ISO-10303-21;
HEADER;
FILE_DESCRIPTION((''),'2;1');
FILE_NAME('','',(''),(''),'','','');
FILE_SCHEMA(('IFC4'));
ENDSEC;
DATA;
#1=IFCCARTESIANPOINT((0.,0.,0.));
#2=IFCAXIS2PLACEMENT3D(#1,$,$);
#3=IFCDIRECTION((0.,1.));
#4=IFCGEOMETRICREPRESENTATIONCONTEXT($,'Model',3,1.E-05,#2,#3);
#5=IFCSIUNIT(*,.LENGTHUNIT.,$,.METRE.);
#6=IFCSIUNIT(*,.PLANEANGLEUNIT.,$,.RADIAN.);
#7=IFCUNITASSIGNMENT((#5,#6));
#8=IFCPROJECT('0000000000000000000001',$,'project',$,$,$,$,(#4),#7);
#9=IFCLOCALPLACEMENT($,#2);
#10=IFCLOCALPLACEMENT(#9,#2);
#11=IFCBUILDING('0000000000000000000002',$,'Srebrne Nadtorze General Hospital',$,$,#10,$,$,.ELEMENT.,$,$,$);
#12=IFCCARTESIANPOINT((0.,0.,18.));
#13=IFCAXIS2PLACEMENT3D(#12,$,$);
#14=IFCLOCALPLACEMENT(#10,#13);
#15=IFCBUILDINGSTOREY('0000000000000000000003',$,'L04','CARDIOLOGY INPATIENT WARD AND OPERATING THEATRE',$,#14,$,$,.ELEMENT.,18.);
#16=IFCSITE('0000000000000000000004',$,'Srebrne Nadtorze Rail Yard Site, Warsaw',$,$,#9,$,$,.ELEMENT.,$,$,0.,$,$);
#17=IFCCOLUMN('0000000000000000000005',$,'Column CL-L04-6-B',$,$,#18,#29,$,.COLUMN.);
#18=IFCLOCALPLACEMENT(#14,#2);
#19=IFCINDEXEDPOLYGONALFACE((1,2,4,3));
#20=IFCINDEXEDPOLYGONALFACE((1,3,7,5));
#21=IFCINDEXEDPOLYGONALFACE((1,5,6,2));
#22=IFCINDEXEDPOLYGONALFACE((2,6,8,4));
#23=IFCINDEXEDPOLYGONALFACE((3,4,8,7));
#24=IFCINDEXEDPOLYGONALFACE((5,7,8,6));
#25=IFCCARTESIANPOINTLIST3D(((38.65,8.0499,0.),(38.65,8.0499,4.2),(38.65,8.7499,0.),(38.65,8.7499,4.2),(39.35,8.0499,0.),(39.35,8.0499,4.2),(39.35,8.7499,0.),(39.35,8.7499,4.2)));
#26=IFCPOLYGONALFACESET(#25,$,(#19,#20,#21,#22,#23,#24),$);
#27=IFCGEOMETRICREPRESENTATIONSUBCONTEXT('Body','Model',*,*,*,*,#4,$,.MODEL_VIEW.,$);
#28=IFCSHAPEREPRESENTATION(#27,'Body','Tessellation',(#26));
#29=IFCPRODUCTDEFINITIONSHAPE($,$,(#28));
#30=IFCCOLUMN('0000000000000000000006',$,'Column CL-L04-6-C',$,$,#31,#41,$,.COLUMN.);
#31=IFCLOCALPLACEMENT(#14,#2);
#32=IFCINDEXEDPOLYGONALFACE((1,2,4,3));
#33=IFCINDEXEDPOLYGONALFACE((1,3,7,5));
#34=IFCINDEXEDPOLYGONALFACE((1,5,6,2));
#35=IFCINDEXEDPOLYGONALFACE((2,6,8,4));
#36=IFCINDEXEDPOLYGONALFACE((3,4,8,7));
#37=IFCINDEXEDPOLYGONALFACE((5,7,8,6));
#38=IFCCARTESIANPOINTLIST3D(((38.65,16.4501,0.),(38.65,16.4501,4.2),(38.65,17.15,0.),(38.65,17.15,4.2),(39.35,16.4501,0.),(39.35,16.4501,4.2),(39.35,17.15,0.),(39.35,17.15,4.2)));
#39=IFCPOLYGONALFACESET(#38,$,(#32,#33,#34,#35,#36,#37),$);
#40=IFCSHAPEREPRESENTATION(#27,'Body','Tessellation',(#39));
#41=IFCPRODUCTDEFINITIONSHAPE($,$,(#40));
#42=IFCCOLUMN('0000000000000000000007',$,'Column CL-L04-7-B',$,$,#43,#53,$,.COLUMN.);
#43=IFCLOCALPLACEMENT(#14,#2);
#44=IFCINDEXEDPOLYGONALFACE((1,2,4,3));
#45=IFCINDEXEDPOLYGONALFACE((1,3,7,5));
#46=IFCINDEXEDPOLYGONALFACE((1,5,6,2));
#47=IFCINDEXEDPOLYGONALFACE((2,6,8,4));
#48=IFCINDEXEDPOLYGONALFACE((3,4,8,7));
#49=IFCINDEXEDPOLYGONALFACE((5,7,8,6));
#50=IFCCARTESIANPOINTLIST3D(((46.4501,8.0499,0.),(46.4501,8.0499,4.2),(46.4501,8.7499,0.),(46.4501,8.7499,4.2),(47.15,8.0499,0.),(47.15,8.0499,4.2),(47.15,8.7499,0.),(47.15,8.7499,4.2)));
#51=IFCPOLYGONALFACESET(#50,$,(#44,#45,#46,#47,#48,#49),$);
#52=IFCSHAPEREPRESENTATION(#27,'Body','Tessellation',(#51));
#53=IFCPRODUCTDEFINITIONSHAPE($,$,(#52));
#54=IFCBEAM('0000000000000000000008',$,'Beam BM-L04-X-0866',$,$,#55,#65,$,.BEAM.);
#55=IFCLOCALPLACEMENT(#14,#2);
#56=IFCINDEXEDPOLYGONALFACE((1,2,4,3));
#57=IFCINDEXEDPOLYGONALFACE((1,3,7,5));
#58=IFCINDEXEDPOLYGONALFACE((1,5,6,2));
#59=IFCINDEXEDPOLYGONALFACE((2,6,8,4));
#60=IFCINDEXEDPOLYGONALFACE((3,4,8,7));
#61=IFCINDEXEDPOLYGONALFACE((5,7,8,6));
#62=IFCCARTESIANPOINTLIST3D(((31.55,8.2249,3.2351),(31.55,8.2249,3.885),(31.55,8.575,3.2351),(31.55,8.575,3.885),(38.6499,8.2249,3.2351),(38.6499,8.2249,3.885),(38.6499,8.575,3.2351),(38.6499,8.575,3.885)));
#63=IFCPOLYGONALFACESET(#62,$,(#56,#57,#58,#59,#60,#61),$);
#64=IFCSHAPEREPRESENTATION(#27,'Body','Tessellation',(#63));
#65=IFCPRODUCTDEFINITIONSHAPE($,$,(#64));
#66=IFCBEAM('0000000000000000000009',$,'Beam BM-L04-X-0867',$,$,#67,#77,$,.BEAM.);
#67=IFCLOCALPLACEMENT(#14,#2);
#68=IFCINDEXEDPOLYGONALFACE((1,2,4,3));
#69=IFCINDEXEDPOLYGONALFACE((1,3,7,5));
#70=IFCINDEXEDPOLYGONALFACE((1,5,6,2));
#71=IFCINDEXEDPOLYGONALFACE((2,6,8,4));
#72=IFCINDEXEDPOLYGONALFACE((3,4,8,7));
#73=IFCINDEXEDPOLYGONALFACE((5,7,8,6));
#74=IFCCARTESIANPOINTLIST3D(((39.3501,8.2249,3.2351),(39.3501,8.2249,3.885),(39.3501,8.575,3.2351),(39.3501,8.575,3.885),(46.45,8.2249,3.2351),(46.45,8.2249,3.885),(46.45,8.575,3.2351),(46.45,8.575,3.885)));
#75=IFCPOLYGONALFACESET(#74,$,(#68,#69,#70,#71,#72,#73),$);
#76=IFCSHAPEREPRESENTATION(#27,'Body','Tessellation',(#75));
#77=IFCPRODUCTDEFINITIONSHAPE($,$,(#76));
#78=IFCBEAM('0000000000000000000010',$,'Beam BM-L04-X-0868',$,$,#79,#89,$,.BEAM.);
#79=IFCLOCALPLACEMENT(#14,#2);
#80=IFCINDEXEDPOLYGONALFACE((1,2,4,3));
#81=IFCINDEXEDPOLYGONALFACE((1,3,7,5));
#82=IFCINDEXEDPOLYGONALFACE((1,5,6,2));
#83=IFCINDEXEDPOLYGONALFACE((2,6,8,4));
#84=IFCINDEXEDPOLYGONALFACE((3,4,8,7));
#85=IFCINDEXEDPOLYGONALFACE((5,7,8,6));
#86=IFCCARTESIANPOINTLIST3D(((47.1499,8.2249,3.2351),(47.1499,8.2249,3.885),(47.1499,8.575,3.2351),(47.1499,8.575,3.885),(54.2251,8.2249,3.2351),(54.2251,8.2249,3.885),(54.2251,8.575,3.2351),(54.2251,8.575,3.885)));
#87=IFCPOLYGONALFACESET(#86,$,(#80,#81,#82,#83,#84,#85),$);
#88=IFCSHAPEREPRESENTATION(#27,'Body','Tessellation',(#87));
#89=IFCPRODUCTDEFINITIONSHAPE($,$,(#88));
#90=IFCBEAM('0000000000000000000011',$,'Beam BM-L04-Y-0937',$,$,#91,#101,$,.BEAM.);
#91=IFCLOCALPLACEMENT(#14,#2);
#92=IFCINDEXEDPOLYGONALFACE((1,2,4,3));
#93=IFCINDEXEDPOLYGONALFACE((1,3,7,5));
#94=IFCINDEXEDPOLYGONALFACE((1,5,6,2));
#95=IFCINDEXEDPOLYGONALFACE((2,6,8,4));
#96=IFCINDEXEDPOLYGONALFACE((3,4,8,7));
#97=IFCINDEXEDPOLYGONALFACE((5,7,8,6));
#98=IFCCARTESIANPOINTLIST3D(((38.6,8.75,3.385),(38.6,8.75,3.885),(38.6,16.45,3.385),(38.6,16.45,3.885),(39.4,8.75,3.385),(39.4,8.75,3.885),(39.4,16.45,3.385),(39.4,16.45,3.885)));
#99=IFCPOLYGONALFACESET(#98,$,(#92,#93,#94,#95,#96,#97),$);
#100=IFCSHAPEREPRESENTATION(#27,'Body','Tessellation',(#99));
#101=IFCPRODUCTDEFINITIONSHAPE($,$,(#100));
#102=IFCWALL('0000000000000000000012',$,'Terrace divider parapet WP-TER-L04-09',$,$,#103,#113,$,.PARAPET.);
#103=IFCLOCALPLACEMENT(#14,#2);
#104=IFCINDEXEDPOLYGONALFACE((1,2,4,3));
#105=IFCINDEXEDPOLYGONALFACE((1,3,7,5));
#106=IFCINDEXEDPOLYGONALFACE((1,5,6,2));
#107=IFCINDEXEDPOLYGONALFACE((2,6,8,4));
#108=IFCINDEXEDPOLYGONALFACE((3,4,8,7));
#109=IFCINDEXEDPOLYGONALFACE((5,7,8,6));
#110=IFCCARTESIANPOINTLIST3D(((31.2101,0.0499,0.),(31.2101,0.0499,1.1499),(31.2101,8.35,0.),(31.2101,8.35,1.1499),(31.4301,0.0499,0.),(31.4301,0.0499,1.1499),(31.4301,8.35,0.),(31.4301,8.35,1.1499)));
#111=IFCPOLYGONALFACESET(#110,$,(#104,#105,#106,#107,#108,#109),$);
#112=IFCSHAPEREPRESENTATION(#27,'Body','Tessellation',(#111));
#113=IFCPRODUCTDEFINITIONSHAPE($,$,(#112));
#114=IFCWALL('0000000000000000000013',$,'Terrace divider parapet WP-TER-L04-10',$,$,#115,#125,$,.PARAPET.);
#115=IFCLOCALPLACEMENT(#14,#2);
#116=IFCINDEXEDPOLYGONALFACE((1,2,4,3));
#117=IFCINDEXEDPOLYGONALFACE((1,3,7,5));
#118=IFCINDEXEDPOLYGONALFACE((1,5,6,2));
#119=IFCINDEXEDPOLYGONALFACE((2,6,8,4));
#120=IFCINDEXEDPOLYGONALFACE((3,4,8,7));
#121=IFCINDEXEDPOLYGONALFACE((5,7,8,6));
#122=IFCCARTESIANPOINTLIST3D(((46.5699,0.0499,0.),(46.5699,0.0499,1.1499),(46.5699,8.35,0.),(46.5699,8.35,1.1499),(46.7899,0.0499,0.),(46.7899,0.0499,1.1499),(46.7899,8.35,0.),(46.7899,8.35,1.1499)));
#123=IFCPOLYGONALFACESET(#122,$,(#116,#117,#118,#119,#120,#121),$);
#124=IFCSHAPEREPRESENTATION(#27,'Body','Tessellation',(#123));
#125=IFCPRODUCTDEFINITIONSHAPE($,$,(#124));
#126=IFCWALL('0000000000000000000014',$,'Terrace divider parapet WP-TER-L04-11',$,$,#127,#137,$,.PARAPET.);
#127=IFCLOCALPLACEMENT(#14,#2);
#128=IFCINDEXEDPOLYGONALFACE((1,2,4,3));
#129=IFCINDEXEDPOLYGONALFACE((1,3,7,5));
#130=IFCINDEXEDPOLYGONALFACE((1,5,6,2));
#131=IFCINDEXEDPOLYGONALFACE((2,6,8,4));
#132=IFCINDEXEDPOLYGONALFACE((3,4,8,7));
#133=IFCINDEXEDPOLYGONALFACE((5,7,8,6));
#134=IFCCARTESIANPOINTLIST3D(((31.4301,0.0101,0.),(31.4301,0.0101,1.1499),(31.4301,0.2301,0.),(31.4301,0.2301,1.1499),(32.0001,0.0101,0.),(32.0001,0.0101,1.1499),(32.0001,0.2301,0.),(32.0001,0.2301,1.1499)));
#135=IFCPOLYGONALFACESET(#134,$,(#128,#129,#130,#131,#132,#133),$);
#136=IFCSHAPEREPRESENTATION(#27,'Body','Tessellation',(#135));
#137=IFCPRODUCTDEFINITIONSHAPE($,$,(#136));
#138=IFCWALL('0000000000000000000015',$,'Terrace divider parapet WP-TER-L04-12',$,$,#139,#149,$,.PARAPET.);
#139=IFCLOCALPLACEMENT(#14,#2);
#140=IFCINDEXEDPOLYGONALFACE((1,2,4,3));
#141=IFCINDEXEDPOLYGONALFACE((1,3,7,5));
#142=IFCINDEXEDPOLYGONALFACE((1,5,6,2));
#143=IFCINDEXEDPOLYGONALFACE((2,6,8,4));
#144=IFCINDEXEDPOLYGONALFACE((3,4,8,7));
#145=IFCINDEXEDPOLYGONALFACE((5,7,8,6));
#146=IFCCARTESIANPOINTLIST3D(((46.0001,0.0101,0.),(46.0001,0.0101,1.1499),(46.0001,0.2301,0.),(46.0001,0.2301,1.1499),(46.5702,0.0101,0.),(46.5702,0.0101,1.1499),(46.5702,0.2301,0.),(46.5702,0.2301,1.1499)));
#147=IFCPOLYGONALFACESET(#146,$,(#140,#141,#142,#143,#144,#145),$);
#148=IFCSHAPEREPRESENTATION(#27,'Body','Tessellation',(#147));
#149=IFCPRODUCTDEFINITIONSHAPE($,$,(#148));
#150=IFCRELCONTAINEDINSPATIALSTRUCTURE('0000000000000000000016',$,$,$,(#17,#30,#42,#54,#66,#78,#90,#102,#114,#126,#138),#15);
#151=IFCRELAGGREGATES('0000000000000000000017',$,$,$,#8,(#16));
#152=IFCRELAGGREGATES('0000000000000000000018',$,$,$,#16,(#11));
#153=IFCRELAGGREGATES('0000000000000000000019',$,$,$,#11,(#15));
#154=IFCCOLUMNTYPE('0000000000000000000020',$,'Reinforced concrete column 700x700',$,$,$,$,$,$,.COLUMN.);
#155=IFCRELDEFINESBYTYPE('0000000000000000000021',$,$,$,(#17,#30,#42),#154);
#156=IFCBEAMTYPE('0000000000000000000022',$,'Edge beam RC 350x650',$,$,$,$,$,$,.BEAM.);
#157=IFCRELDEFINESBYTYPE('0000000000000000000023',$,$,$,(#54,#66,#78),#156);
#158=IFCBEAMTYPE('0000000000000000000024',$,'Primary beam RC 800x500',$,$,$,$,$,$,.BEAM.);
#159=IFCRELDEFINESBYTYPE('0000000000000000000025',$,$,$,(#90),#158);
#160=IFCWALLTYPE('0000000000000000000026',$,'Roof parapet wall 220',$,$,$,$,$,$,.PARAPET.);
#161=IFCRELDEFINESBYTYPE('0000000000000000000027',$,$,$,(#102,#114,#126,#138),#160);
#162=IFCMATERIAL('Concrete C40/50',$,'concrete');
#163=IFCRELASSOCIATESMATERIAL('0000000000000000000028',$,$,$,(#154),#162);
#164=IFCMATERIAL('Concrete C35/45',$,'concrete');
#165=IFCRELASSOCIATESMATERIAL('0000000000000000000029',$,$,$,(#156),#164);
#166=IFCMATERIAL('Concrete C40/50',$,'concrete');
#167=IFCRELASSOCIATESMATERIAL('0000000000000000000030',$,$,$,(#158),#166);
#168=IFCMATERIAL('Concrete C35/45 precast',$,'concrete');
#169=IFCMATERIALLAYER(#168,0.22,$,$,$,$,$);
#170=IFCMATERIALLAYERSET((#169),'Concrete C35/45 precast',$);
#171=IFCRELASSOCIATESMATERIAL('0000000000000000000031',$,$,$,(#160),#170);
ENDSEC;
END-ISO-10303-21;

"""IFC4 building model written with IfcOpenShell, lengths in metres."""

from ifc_helpers import new_model, si_unit, direction, frame, frame_2d, origin, origin_2d, place, context, subcontext, project, spatial, rectangle, extrude, material, layer, layer_set, material_profile, profile_set, type_object, element, save


model = new_model("IFC4")

# Units and contexts
model_context = context("Model", 3, precision=1e-05, world=origin(), true_north=direction((0.0, 1.0)))
body_context = subcontext(model_context, "Body", "Model", "MODEL_VIEW")
ifc_project = project(units=[si_unit("LENGTHUNIT", "METRE"), si_unit("PLANEANGLEUNIT", "RADIAN")], contexts=[model_context])

# Site, building, storey
site_placement = place(None, origin())
site = spatial("IfcSite", under=ifc_project, at=site_placement, Name="Srebrne Nadtorze Rail Yard Site, Warsaw", CompositionType="ELEMENT", RefElevation=0.0)
building_placement = place(site_placement, origin())
building = spatial("IfcBuilding", under=site, at=building_placement, Name="Srebrne Nadtorze General Hospital", CompositionType="ELEMENT")
storey_placement = place(building_placement, frame((0.0, 0.0, 18.0)))
storey = spatial("IfcBuildingStorey", under=building, at=storey_placement, Name="L04", Description="CARDIOLOGY INPATIENT WARD AND OPERATING THEATRE", CompositionType="ELEMENT", Elevation=18.0)

# Columns
ifc_material_1 = material(Name="Concrete C40/50", Category="concrete")
ifc_material_profile_1 = material_profile(ifc_material_1, rectangle(XDim=0.7, YDim=0.7, at=origin_2d()), Name="RC-COL-700x700")
ifc_profile_set_1 = profile_set([ifc_material_profile_1], Name="Concrete C40/50")
column_type = type_object("IfcColumnType", Name="Reinforced concrete column 700x700", PredefinedType="COLUMN", material=ifc_profile_set_1)
for number, where, z_axis, x_axis, name in (
    (1, (39.0, 8.3999, 0.0), (0.0, 0.0, 1.0), (1.0, 0.0, 0.0), "Column CL-L04-6-B"),
    (2, (39.0, 16.8, 0.0), (0.0, 0.0, 1.0), (1.0, 0.0, 0.0), "Column CL-L04-6-C"),
    (3, (46.8, 8.3999, 0.0), (0.0, 0.0, 1.0), (1.0, 0.0, 0.0), "Column CL-L04-7-B"),
):
    element("IfcColumn", number, at=place(storey_placement, frame(where, z_axis=z_axis, x_axis=x_axis)), inside=storey, type_object=column_type, Name=name, PredefinedType="COLUMN", context=body_context, shape_type="SweptSolid", body=[
        extrude(rectangle(XDim=0.7, YDim=0.7, at=origin_2d()), origin(), (0.0, 0.0, 1.0), 4.2),
    ])

# Beams
ifc_material_2 = material(Name="Concrete C35/45", Category="concrete")
ifc_material_profile_2 = material_profile(ifc_material_2, rectangle(XDim=0.3501, YDim=0.6499, at=origin_2d()), Name="RC-BM-350x650")
ifc_profile_set_2 = profile_set([ifc_material_profile_2], Name="Concrete C35/45")
beam_type_1 = type_object("IfcBeamType", Name="Edge beam RC 350x650", PredefinedType="BEAM", material=ifc_profile_set_2)
for number, where, z_axis, x_axis, name in (
    (4, (31.55, 8.3999, 3.5601), (1.0, 0.0, 0.0), (0.0, 1.0, 0.0), "Beam BM-L04-X-0866"),
    (5, (39.3501, 8.3999, 3.5601), (1.0, 0.0, 0.0), (0.0, 1.0, 0.0), "Beam BM-L04-X-0867"),
):
    element("IfcBeam", number, at=place(storey_placement, frame(where, z_axis=z_axis, x_axis=x_axis)), inside=storey, type_object=beam_type_1, Name=name, PredefinedType="BEAM", context=body_context, shape_type="SweptSolid", body=[
        extrude(rectangle(XDim=0.3501, YDim=0.6499, at=origin_2d()), origin(), (0.0, 0.0, 1.0), 7.0999),
    ])
beam_1_placement = place(storey_placement, frame((47.1499, 8.3999, 3.5601), z_axis=(1.0, 0.0, 0.0), x_axis=(0.0, 1.0, 0.0)))
element("IfcBeam", 6, at=beam_1_placement, inside=storey, type_object=beam_type_1, Name="Beam BM-L04-X-0868", PredefinedType="BEAM", context=body_context, shape_type="SweptSolid", body=[
    extrude(rectangle(XDim=0.3501, YDim=0.6499, at=origin_2d()), origin(), (0.0, 0.0, 1.0), 7.0752),
])
ifc_material_3 = material(Name="Concrete C40/50", Category="concrete")
ifc_material_profile_3 = material_profile(ifc_material_3, rectangle(XDim=0.8, YDim=0.5, at=origin_2d()), Name="RC-BM-800x500")
ifc_profile_set_3 = profile_set([ifc_material_profile_3], Name="Concrete C40/50")
beam_type_2 = type_object("IfcBeamType", Name="Primary beam RC 800x500", PredefinedType="BEAM", material=ifc_profile_set_3)
beam_2_placement = place(storey_placement, frame((39.0, 8.75, 3.635), z_axis=(0.0, 1.0, 0.0), x_axis=(-1.0, 0.0, 0.0)))
element("IfcBeam", 7, at=beam_2_placement, inside=storey, type_object=beam_type_2, Name="Beam BM-L04-Y-0937", PredefinedType="BEAM", context=body_context, shape_type="SweptSolid", body=[
    extrude(rectangle(XDim=0.8, YDim=0.5, at=origin_2d()), origin(), (0.0, 0.0, 1.0), 7.7),
])

# Walls
ifc_material_4 = material(Name="Concrete C35/45 precast", Category="concrete")
ifc_layer_1 = layer(ifc_material_4, 0.22)
ifc_layer_set_1 = layer_set([ifc_layer_1], Name="Concrete C35/45 precast")
wall_type_1 = type_object("IfcWallType", Name="Roof parapet wall 220", PredefinedType="PARAPET", material=ifc_layer_set_1)
for number, where, z_axis, x_axis, name in (
    (8, (31.3201, 0.05, 0.0), (0.0, 0.0, 1.0), (0.0, 1.0, 0.0), "Terrace divider parapet WP-TER-L04-09"),
    (9, (46.6799, 0.05, 0.0), (0.0, 0.0, 1.0), (0.0, 1.0, 0.0), "Terrace divider parapet WP-TER-L04-10"),
):
    element("IfcWall", number, at=place(storey_placement, frame(where, z_axis=z_axis, x_axis=x_axis)), inside=storey, type_object=wall_type_1, Name=name, PredefinedType="PARAPET", context=body_context, shape_type="SweptSolid", body=[
        extrude(rectangle(XDim=8.3, YDim=0.22, at=frame_2d((4.1499, 0.0))), origin(), (0.0, 0.0, 1.0), 1.1499),
    ])
for number, where, z_axis, x_axis, name in (
    (10, (31.4299, 0.1201, 0.0), (0.0, 0.0, 1.0), (1.0, 0.0, 0.0), "Terrace divider parapet WP-TER-L04-11"),
    (11, (46.0, 0.1201, 0.0), (0.0, 0.0, 1.0), (1.0, 0.0, 0.0), "Terrace divider parapet WP-TER-L04-12"),
):
    element("IfcWall", number, at=place(storey_placement, frame(where, z_axis=z_axis, x_axis=x_axis)), inside=storey, type_object=wall_type_1, Name=name, PredefinedType="PARAPET", context=body_context, shape_type="SweptSolid", body=[
        extrude(rectangle(XDim=0.5701, YDim=0.22, at=frame_2d((0.2852, 0.0))), origin(), (0.0, 0.0, 1.0), 1.1499),
    ])

save(model, "model.ifc")
